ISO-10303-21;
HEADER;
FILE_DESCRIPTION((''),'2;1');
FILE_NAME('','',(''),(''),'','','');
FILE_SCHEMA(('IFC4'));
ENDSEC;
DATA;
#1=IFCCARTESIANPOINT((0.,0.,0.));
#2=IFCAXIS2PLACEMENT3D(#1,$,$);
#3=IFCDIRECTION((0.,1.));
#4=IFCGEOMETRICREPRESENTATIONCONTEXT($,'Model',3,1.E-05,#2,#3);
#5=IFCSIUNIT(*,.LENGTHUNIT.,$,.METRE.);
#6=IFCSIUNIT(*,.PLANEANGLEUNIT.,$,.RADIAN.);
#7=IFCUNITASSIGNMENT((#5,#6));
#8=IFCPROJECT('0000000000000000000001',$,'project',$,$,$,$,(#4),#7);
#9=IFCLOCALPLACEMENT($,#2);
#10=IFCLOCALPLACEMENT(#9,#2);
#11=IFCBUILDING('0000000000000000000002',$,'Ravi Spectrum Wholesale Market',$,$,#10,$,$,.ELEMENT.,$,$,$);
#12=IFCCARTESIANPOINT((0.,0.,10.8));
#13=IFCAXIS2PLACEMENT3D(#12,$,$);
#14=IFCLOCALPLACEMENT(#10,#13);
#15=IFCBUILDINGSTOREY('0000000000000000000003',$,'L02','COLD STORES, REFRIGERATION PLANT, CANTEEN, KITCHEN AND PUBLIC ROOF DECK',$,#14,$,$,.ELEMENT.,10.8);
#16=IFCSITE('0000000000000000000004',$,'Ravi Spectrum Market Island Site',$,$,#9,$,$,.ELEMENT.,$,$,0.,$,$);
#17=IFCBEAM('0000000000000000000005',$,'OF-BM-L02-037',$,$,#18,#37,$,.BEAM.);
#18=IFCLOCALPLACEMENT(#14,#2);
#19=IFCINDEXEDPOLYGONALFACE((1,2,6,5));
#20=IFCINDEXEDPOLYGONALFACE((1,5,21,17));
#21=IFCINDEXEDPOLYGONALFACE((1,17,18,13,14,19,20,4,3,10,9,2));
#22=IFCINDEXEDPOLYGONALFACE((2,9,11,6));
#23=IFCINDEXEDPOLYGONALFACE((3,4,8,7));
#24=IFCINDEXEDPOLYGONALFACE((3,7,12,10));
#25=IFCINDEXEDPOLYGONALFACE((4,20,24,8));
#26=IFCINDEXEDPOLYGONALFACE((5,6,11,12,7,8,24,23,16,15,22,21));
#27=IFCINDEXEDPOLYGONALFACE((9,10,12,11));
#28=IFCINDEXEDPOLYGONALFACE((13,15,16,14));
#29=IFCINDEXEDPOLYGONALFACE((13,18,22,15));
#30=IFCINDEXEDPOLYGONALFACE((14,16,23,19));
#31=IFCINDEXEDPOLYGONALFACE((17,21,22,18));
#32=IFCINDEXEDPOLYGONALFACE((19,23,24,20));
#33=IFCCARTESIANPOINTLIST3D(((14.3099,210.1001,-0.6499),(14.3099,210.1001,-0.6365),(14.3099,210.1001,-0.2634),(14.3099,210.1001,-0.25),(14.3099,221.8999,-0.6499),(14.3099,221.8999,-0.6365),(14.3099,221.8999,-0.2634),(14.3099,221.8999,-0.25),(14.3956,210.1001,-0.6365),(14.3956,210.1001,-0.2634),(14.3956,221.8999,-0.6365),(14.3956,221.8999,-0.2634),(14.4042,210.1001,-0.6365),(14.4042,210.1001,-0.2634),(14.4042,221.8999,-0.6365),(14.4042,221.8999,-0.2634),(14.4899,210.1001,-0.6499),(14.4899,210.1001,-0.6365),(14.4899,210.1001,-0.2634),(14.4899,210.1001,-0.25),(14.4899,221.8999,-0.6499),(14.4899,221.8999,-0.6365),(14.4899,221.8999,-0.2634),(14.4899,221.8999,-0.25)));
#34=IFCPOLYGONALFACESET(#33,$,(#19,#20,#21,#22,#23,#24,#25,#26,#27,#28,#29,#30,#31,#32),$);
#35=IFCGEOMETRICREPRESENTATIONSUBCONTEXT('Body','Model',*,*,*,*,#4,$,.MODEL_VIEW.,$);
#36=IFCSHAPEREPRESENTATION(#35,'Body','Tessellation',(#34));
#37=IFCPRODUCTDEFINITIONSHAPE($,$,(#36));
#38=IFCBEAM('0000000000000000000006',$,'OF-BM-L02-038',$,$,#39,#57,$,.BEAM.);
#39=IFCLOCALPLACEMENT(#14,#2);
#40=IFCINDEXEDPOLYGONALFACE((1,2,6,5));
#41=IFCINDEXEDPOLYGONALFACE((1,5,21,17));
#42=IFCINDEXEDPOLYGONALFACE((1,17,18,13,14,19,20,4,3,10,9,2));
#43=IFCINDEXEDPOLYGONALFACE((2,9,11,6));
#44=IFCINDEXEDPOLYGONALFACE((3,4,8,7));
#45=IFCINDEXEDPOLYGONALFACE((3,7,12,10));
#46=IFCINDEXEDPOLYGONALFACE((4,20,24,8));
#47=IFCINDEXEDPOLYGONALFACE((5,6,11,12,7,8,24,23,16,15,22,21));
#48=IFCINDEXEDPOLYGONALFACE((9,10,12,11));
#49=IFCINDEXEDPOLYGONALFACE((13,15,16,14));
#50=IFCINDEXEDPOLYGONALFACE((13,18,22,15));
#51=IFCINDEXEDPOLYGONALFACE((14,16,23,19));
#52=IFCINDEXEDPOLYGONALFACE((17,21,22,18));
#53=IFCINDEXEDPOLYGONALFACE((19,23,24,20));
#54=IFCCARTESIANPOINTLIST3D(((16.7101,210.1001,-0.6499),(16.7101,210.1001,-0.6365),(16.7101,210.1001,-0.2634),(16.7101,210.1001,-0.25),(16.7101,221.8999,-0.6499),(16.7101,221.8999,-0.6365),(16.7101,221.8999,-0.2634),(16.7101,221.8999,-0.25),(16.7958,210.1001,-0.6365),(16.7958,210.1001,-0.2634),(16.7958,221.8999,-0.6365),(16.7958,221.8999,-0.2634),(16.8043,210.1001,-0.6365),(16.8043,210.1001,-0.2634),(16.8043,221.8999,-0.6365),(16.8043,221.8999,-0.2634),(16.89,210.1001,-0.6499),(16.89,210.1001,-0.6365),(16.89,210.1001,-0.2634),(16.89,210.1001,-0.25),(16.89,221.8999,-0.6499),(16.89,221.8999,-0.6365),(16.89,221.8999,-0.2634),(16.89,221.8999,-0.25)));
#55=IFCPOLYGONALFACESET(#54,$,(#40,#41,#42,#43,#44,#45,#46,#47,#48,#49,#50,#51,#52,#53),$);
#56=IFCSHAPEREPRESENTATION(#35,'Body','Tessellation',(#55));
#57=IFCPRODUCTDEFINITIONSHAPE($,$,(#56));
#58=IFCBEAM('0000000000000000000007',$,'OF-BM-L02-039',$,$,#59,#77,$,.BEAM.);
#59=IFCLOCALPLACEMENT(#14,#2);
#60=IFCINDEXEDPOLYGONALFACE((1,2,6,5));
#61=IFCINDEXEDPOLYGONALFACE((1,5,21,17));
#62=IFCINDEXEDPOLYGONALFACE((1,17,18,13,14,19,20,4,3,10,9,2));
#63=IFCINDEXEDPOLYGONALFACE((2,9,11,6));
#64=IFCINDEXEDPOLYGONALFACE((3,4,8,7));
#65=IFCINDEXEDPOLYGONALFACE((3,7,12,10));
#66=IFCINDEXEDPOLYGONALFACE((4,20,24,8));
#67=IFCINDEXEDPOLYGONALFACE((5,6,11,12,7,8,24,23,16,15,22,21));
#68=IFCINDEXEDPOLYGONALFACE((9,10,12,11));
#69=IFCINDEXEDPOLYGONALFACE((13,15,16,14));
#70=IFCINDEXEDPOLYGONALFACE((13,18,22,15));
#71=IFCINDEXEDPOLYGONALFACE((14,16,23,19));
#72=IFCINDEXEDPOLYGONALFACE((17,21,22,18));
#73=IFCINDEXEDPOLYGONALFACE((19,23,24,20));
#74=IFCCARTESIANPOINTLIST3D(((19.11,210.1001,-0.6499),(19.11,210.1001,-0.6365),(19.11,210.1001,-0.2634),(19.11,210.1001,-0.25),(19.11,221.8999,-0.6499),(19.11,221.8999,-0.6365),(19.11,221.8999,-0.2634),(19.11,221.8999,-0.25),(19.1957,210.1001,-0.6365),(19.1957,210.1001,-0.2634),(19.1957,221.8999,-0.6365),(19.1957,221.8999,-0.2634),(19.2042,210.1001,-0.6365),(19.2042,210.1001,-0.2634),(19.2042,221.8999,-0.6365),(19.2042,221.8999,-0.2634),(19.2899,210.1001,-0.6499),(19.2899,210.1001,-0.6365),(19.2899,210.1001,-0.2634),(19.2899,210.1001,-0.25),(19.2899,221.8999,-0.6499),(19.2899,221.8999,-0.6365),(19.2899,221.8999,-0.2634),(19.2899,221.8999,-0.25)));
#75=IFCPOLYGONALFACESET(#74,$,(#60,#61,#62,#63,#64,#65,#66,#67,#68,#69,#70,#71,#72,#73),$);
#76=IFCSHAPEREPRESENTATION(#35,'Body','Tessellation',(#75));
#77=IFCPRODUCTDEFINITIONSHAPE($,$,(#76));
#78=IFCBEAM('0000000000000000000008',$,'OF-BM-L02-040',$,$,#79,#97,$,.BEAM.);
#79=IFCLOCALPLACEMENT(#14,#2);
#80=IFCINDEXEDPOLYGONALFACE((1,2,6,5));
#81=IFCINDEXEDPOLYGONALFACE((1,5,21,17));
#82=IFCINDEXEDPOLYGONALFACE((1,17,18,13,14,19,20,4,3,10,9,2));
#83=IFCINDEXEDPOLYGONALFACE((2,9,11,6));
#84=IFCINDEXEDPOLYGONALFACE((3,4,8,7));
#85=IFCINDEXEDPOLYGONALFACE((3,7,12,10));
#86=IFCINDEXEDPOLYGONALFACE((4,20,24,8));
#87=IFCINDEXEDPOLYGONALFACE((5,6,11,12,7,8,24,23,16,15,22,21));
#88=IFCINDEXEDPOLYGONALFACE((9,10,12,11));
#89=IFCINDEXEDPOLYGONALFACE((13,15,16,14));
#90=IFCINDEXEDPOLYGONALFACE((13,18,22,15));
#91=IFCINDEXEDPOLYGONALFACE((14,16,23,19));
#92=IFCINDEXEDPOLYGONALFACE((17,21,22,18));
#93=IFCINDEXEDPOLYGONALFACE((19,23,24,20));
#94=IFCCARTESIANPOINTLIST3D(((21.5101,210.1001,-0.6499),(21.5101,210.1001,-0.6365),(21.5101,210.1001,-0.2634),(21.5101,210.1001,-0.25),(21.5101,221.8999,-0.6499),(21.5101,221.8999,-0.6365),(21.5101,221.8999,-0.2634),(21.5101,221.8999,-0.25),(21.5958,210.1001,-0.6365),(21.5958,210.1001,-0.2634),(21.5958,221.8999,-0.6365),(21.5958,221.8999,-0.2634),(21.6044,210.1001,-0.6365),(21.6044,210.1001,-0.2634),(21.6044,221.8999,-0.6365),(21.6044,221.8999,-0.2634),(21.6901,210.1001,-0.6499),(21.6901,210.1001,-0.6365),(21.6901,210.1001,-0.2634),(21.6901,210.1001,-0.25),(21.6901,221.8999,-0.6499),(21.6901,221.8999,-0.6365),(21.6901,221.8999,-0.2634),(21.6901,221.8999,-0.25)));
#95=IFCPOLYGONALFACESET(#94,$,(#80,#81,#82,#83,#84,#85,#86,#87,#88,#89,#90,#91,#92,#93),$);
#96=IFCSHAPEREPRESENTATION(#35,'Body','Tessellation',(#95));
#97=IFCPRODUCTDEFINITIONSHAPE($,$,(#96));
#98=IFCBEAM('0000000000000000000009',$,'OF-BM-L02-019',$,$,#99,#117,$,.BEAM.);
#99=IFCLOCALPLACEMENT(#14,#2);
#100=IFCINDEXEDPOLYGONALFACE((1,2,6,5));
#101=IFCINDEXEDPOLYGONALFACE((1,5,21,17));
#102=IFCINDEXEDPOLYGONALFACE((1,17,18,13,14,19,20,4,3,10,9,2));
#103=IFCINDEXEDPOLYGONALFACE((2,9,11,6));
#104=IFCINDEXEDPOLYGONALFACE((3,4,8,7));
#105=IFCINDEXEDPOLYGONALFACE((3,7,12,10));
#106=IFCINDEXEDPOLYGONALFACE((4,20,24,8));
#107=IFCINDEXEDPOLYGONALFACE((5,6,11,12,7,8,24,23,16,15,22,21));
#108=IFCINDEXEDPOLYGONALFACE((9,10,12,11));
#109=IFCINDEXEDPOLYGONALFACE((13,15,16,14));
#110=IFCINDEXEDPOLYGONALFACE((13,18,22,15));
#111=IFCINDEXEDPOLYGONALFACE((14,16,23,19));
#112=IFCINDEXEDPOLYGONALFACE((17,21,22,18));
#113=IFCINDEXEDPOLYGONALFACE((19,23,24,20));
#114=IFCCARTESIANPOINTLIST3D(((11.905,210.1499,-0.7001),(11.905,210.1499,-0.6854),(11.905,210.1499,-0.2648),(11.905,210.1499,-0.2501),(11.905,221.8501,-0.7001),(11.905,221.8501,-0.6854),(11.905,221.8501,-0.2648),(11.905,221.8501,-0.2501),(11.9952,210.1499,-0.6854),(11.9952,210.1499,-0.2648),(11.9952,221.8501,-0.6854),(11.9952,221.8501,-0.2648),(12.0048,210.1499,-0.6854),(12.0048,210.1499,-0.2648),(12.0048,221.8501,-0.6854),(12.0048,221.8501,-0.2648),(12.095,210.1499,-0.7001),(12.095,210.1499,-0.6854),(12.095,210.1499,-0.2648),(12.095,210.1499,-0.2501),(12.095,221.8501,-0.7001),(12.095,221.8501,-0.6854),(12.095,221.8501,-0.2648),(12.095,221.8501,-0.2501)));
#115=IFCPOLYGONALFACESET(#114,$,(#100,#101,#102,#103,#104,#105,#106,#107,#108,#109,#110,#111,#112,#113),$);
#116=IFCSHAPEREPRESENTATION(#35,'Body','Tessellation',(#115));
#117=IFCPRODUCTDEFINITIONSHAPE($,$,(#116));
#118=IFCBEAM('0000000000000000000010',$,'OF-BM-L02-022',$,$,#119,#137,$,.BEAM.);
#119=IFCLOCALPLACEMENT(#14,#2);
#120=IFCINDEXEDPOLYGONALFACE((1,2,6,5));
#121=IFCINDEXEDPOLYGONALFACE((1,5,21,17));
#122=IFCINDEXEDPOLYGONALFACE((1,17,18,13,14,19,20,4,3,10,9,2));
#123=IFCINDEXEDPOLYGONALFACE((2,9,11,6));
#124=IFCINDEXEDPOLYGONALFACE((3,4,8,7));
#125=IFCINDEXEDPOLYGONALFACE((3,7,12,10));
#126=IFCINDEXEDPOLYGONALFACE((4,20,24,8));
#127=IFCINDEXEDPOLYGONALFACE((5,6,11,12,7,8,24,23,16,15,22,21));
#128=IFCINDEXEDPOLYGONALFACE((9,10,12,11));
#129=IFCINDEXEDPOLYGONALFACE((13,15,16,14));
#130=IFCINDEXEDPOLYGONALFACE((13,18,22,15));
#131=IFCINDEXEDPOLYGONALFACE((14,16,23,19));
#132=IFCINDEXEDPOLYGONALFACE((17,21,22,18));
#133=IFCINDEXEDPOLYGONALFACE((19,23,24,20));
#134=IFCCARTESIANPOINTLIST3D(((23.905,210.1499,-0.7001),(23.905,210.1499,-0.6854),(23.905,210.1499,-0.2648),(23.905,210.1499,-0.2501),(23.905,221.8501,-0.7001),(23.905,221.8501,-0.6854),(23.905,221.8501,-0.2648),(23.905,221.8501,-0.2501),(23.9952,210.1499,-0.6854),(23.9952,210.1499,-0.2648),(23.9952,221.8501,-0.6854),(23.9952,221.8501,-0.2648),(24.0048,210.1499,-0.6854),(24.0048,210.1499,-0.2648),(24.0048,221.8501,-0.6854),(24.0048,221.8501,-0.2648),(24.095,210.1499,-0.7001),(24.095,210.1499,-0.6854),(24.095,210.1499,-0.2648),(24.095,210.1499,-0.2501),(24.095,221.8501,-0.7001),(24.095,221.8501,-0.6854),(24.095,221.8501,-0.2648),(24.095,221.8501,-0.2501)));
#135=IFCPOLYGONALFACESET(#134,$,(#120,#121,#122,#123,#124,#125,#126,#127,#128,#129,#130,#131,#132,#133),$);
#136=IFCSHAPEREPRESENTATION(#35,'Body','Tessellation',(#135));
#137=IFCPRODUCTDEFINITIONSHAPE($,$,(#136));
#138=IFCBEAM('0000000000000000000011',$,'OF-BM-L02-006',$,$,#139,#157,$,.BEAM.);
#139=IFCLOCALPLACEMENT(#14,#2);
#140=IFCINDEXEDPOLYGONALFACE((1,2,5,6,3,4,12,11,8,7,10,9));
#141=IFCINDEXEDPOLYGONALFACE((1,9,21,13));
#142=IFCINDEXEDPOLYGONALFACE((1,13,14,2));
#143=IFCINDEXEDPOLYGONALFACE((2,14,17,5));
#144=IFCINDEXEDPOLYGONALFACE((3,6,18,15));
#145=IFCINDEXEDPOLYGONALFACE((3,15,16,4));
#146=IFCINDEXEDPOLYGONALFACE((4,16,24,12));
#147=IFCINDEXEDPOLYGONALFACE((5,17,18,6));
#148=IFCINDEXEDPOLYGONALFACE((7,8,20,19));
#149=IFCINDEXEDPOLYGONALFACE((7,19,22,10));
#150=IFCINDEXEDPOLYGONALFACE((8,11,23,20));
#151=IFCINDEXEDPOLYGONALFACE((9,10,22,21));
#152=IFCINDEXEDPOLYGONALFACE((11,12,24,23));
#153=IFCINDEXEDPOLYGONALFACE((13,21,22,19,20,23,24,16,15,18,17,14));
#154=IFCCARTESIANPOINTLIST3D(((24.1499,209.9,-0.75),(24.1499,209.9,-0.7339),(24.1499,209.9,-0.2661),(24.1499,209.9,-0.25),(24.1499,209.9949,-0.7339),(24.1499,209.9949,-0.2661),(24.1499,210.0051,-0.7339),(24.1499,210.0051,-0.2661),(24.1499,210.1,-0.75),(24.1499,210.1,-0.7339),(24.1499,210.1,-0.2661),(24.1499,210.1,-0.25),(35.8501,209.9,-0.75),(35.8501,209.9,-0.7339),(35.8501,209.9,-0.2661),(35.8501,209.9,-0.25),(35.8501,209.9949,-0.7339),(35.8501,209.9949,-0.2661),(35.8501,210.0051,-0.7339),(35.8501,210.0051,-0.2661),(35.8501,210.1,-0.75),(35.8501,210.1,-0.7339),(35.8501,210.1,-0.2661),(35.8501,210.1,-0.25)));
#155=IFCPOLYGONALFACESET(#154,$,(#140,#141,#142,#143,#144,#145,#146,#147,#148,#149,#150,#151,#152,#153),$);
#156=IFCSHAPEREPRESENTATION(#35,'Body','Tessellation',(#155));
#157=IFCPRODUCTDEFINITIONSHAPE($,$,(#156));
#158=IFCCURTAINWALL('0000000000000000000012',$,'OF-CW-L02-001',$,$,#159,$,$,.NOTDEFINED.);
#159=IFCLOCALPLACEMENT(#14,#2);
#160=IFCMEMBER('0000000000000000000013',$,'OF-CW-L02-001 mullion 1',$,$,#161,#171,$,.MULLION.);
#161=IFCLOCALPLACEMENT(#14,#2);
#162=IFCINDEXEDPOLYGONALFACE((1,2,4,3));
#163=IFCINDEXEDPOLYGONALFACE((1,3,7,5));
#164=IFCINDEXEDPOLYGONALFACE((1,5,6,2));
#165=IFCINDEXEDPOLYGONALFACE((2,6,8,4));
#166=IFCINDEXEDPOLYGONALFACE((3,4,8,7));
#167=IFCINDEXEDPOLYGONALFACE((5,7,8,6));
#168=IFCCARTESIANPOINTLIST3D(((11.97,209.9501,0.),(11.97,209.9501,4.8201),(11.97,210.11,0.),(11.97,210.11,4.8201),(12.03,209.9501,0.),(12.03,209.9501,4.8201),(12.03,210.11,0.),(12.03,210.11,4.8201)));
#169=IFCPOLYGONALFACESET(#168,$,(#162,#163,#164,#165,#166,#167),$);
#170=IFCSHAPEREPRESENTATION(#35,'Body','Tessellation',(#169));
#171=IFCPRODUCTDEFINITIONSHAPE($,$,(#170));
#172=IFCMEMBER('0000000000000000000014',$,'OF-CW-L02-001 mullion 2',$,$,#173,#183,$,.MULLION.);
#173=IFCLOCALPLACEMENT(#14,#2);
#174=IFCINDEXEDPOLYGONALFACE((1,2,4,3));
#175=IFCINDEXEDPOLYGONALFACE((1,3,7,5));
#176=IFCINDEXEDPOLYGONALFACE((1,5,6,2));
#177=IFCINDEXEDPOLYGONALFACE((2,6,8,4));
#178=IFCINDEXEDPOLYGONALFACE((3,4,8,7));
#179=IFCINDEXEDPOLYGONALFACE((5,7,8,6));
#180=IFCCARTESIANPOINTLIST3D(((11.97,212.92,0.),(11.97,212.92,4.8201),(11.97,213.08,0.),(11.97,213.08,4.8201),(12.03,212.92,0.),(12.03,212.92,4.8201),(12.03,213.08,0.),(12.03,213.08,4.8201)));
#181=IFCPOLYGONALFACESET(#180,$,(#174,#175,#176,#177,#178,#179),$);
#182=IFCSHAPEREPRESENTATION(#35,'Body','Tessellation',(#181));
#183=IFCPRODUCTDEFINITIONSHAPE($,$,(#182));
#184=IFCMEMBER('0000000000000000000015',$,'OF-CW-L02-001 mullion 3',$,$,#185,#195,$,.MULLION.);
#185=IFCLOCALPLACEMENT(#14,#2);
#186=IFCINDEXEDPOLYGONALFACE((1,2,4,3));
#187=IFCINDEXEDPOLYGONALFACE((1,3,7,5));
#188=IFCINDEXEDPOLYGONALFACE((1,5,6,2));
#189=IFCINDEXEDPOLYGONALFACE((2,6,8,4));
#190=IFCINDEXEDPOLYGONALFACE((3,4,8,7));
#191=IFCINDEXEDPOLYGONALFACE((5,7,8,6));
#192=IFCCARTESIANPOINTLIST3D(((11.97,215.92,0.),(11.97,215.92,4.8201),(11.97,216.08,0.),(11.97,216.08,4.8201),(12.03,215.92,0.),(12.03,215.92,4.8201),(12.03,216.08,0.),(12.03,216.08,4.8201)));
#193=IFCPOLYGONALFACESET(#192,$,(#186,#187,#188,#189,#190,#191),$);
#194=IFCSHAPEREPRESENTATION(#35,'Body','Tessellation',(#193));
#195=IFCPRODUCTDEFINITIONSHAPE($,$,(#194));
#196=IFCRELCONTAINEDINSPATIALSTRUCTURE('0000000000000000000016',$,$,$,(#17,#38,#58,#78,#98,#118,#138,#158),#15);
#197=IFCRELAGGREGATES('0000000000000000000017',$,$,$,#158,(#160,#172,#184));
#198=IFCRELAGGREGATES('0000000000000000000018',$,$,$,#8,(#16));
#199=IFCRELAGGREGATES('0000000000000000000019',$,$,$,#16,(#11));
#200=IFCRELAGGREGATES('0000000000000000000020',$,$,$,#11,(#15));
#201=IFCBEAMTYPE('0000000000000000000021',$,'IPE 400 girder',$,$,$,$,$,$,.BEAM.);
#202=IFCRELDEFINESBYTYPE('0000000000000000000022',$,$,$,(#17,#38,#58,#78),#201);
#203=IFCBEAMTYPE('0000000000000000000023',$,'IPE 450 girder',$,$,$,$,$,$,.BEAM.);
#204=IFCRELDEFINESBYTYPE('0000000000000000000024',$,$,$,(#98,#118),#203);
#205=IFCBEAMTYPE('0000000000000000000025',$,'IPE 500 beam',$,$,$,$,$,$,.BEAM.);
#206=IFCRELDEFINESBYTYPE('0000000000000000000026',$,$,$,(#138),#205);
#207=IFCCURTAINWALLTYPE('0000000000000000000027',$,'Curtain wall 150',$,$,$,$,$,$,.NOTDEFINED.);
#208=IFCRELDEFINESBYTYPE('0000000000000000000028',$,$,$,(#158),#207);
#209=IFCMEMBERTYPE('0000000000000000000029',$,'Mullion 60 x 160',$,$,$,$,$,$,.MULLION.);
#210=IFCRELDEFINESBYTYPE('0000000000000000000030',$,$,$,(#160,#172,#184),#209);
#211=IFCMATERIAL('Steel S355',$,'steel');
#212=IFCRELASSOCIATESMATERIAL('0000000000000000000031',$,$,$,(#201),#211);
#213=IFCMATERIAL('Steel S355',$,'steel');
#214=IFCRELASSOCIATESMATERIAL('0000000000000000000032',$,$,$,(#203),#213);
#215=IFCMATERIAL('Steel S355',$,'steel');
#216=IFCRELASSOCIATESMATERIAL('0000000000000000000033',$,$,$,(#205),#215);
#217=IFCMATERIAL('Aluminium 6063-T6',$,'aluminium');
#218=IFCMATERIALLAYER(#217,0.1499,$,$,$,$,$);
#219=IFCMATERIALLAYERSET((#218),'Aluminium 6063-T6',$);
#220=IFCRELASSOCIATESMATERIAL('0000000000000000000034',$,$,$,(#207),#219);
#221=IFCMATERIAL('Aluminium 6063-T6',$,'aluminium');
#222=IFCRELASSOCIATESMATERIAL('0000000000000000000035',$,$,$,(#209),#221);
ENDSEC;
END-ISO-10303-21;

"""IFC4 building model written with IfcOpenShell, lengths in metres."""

from ifc_helpers import new_model, si_unit, direction, frame, origin, origin_2d, place, context, subcontext, project, spatial, rectangle, i_section, extrude, material, layer, layer_set, material_profile, profile_set, type_object, element, aggregate, save


model = new_model("IFC4")

# Units and contexts
model_context = context("Model", 3, precision=1e-05, world=origin(), true_north=direction((0.0, 1.0)))
body_context = subcontext(model_context, "Body", "Model", "MODEL_VIEW")
ifc_project = project(units=[si_unit("LENGTHUNIT", "METRE"), si_unit("PLANEANGLEUNIT", "RADIAN")], contexts=[model_context])

# Site, building, storey
site_placement = place(None, origin())
site = spatial("IfcSite", under=ifc_project, at=site_placement, Name="Ravi Spectrum Market Island Site", CompositionType="ELEMENT", RefElevation=0.0)
building_placement = place(site_placement, origin())
building = spatial("IfcBuilding", under=site, at=building_placement, Name="Ravi Spectrum Wholesale Market", CompositionType="ELEMENT")
storey_placement = place(building_placement, frame((0.0, 0.0, 10.8)))
storey = spatial("IfcBuildingStorey", under=building, at=storey_placement, Name="L02", Description="COLD STORES, REFRIGERATION PLANT, CANTEEN, KITCHEN AND PUBLIC ROOF DECK", CompositionType="ELEMENT", Elevation=10.8)

# Beams
ifc_material_1 = material(Name="Steel S355", Category="steel")
ifc_material_profile_1 = material_profile(ifc_material_1, i_section(OverallWidth=0.1799, OverallDepth=0.3999, WebThickness=0.0085, FlangeThickness=0.0134, at=origin_2d()))
ifc_profile_set_1 = profile_set([ifc_material_profile_1], Name="Steel S355")
beam_type_1 = type_object("IfcBeamType", Name="IPE 400 girder", PredefinedType="BEAM", material=ifc_profile_set_1)
for number, where, z_axis, x_axis, name in (
    (1, (14.3999, 210.1001, -0.45), (0.0, 1.0, 0.0), (-1.0, 0.0, 0.0), "OF-BM-L02-037"),
    (2, (16.8, 210.1001, -0.45), (0.0, 1.0, 0.0), (-1.0, 0.0, 0.0), "OF-BM-L02-038"),
    (3, (19.2, 210.1001, -0.45), (0.0, 1.0, 0.0), (-1.0, 0.0, 0.0), "OF-BM-L02-039"),
    (4, (21.6001, 210.1001, -0.45), (0.0, 1.0, 0.0), (-1.0, 0.0, 0.0), "OF-BM-L02-040"),
):
    element("IfcBeam", number, at=place(storey_placement, frame(where, z_axis=z_axis, x_axis=x_axis)), inside=storey, type_object=beam_type_1, Name=name, PredefinedType="BEAM", context=body_context, shape_type="SweptSolid", body=[
        extrude(i_section(OverallWidth=0.1799, OverallDepth=0.3999, WebThickness=0.0085, FlangeThickness=0.0134, at=origin_2d()), origin(), (0.0, 0.0, 1.0), 11.7998),
    ])
ifc_material_2 = material(Name="Steel S355", Category="steel")
ifc_material_profile_2 = material_profile(ifc_material_2, i_section(OverallWidth=0.1899, OverallDepth=0.45, WebThickness=0.0095, FlangeThickness=0.0146, at=origin_2d()))
ifc_profile_set_2 = profile_set([ifc_material_profile_2], Name="Steel S355")
beam_type_2 = type_object("IfcBeamType", Name="IPE 450 girder", PredefinedType="BEAM", material=ifc_profile_set_2)
for number, where, z_axis, x_axis, name in (
    (5, (12.0, 210.1499, -0.4751), (0.0, 1.0, 0.0), (-1.0, 0.0, 0.0), "OF-BM-L02-019"),
    (6, (24.0, 210.1499, -0.4751), (0.0, 1.0, 0.0), (-1.0, 0.0, 0.0), "OF-BM-L02-022"),
):
    element("IfcBeam", number, at=place(storey_placement, frame(where, z_axis=z_axis, x_axis=x_axis)), inside=storey, type_object=beam_type_2, Name=name, PredefinedType="BEAM", context=body_context, shape_type="SweptSolid", body=[
        extrude(i_section(OverallWidth=0.1899, OverallDepth=0.45, WebThickness=0.0095, FlangeThickness=0.0146, at=origin_2d()), origin(), (0.0, 0.0, 1.0), 11.7002),
    ])
ifc_material_3 = material(Name="Steel S355", Category="steel")
ifc_material_profile_3 = material_profile(ifc_material_3, i_section(OverallWidth=0.2, OverallDepth=0.5, WebThickness=0.0103, FlangeThickness=0.0161, at=origin_2d()))
ifc_profile_set_3 = profile_set([ifc_material_profile_3], Name="Steel S355")
beam_type_3 = type_object("IfcBeamType", Name="IPE 500 beam", PredefinedType="BEAM", material=ifc_profile_set_3)
beam_placement = place(storey_placement, frame((24.1499, 210.0, -0.5), z_axis=(1.0, 0.0, 0.0), x_axis=(0.0, 1.0, 0.0)))
element("IfcBeam", 7, at=beam_placement, inside=storey, type_object=beam_type_3, Name="OF-BM-L02-006", PredefinedType="BEAM", context=body_context, shape_type="SweptSolid", body=[
    extrude(i_section(OverallWidth=0.2, OverallDepth=0.5, WebThickness=0.0103, FlangeThickness=0.0161, at=origin_2d()), origin(), (0.0, 0.0, 1.0), 11.7002),
])

# Curtain wall, members
ifc_material_4 = material(Name="Aluminium 6063-T6", Category="aluminium")
ifc_layer_1 = layer(ifc_material_4, 0.1499)
ifc_layer_set_1 = layer_set([ifc_layer_1], Name="Aluminium 6063-T6")
curtain_wall_type = type_object("IfcCurtainWallType", Name="Curtain wall 150", PredefinedType="NOTDEFINED", material=ifc_layer_set_1)
curtain_wall_1_placement = place(storey_placement, origin())
curtain_wall_1 = element("IfcCurtainWall", 8, at=curtain_wall_1_placement, inside=storey, type_object=curtain_wall_type, Name="OF-CW-L02-001", PredefinedType="NOTDEFINED")
ifc_material_5 = material(Name="Aluminium 6063-T6", Category="aluminium")
ifc_material_profile_4 = material_profile(ifc_material_5, rectangle(XDim=0.0601, YDim=0.1599, at=origin_2d()))
ifc_profile_set_4 = profile_set([ifc_material_profile_4], Name="Aluminium 6063-T6")
member_type_1 = type_object("IfcMemberType", Name="Mullion 60 x 160", PredefinedType="MULLION", material=ifc_profile_set_4)
member_1_placement = place(storey_placement, frame((12.0, 210.03, 0.0), z_axis=(0.0, 0.0, 1.0), x_axis=(-1.0, 0.0, 0.0)))
member_1 = element("IfcMember", 9, at=member_1_placement, type_object=member_type_1, Name="OF-CW-L02-001 mullion 1", PredefinedType="MULLION", context=body_context, shape_type="SweptSolid", body=[
    extrude(rectangle(XDim=0.0601, YDim=0.1599, at=origin_2d()), origin(), (0.0, 0.0, 1.0), 4.8201),
])
member_2_placement = place(storey_placement, frame((12.0, 213.0, 0.0), z_axis=(0.0, 0.0, 1.0), x_axis=(-1.0, 0.0, 0.0)))
member_2 = element("IfcMember", 10, at=member_2_placement, type_object=member_type_1, Name="OF-CW-L02-001 mullion 2", PredefinedType="MULLION", context=body_context, shape_type="SweptSolid", body=[
    extrude(rectangle(XDim=0.0601, YDim=0.1599, at=origin_2d()), origin(), (0.0, 0.0, 1.0), 4.8201),
])
member_3_placement = place(storey_placement, frame((12.0, 216.0, 0.0), z_axis=(0.0, 0.0, 1.0), x_axis=(-1.0, 0.0, 0.0)))
member_3 = element("IfcMember", 11, at=member_3_placement, type_object=member_type_1, Name="OF-CW-L02-001 mullion 3", PredefinedType="MULLION", context=body_context, shape_type="SweptSolid", body=[
    extrude(rectangle(XDim=0.0601, YDim=0.1599, at=origin_2d()), origin(), (0.0, 0.0, 1.0), 4.8201),
])

aggregate(curtain_wall_1, [member_1, member_2, member_3])

save(model, "model.ifc")
